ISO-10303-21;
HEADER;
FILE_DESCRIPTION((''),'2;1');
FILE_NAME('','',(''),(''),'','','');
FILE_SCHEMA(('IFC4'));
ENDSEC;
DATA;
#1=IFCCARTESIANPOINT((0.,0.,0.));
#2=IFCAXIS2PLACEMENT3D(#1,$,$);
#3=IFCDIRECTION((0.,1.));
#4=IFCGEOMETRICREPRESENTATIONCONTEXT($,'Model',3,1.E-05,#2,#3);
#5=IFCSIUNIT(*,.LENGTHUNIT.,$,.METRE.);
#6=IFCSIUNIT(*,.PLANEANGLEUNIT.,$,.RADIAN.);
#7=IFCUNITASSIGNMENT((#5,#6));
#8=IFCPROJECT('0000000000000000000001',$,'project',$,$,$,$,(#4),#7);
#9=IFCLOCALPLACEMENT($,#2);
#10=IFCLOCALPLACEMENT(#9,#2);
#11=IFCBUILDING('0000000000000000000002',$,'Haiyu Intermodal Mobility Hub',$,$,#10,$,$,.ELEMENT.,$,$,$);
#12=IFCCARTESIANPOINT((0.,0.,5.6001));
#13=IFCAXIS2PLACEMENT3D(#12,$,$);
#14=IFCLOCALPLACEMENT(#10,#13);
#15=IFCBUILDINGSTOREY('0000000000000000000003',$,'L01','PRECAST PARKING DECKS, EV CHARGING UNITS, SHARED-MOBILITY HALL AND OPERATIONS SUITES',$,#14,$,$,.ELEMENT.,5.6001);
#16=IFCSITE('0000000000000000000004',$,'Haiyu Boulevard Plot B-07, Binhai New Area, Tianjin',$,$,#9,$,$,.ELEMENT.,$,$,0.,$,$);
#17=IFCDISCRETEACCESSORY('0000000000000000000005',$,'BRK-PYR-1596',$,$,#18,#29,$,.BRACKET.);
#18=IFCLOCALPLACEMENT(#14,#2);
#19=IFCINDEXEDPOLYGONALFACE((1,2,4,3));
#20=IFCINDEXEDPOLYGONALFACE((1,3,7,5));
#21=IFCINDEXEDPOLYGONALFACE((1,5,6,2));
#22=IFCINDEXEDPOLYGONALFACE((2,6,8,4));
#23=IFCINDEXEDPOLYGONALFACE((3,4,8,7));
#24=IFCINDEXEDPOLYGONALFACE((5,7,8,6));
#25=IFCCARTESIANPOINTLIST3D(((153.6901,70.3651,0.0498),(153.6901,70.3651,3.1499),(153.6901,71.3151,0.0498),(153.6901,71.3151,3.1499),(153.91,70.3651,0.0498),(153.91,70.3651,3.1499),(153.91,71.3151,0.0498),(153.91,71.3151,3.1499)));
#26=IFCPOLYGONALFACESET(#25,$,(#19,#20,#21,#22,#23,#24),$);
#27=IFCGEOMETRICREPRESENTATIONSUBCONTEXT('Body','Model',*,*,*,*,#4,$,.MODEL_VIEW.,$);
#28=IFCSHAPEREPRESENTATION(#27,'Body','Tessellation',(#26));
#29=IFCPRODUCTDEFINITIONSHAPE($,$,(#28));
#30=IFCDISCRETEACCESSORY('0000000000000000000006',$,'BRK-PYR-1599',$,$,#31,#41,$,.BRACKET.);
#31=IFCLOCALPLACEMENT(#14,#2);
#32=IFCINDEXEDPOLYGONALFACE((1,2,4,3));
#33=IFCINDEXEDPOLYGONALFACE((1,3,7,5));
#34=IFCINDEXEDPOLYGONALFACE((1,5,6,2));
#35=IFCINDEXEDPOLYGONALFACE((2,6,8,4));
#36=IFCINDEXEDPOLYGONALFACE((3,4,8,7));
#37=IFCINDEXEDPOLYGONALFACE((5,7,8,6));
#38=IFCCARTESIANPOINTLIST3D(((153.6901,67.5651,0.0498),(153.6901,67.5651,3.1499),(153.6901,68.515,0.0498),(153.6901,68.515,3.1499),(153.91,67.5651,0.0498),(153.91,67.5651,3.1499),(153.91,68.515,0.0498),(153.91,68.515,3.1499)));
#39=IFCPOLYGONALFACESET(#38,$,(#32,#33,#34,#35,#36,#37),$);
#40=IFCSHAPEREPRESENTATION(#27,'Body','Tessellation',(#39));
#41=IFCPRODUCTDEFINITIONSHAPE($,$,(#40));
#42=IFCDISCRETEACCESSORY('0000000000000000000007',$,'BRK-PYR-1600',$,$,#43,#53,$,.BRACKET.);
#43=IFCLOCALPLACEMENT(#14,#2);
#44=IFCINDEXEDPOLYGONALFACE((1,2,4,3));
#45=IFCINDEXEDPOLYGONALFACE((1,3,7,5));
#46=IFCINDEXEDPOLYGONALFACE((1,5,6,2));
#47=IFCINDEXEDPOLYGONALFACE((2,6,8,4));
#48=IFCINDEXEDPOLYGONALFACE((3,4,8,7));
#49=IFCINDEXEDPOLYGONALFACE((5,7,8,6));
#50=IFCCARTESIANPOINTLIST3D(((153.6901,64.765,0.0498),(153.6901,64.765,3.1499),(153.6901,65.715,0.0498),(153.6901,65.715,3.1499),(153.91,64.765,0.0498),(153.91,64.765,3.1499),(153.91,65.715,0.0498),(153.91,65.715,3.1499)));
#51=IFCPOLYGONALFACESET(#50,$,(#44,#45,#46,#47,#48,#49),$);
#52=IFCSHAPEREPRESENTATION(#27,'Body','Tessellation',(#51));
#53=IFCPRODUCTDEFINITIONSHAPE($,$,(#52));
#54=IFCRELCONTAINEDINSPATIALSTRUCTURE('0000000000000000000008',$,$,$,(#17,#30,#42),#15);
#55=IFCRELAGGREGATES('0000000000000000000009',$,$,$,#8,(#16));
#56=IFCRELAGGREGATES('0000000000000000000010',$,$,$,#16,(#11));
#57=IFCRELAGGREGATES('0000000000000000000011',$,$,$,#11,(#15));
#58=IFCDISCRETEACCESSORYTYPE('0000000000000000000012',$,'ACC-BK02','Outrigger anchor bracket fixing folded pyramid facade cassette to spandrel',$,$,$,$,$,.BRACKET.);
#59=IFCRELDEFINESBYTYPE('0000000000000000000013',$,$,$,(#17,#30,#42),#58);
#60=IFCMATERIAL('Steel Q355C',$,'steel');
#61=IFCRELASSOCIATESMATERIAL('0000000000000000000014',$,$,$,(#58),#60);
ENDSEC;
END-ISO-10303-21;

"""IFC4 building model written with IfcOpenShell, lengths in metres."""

from ifc_helpers import new_model, si_unit, direction, frame, origin, origin_2d, place, context, subcontext, project, spatial, rectangle, extrude, material, type_object, element, save


model = new_model("IFC4")

# Units and contexts
model_context = context("Model", 3, precision=1e-05, world=origin(), true_north=direction((0.0, 1.0)))
body_context = subcontext(model_context, "Body", "Model", "MODEL_VIEW")
ifc_project = project(units=[si_unit("LENGTHUNIT", "METRE"), si_unit("PLANEANGLEUNIT", "RADIAN")], contexts=[model_context])

# Site, building, storey
site_placement = place(None, origin())
site = spatial("IfcSite", under=ifc_project, at=site_placement, Name="Haiyu Boulevard Plot B-07, Binhai New Area, Tianjin", CompositionType="ELEMENT", RefElevation=0.0)
building_placement = place(site_placement, origin())
building = spatial("IfcBuilding", under=site, at=building_placement, Name="Haiyu Intermodal Mobility Hub", CompositionType="ELEMENT")
storey_placement = place(building_placement, frame((0.0, 0.0, 5.6001)))
storey = spatial("IfcBuildingStorey", under=building, at=storey_placement, Name="L01", Description="PRECAST PARKING DECKS, EV CHARGING UNITS, SHARED-MOBILITY HALL AND OPERATIONS SUITES", CompositionType="ELEMENT", Elevation=5.6001)

# Shared definitions
ifc_material_1 = material(Name="Steel Q355C", Category="steel")

# Discrete accessories
discrete_accessory_type = type_object("IfcDiscreteAccessoryType", Name="ACC-BK02", Description="Outrigger anchor bracket fixing folded pyramid facade cassette to spandrel", PredefinedType="BRACKET", material=ifc_material_1)
for number, where, z_axis, x_axis, name in (
    (1, (153.8, 70.8401, 0.0498), (0.0, 0.0, 1.0), (1.0, 0.0, 0.0), "BRK-PYR-1596"),
    (2, (153.8, 68.04, 0.0498), (0.0, 0.0, 1.0), (1.0, 0.0, 0.0), "BRK-PYR-1599"),
    (3, (153.8, 65.24, 0.0498), (0.0, 0.0, 1.0), (1.0, 0.0, 0.0), "BRK-PYR-1600"),
):
    element("IfcDiscreteAccessory", number, at=place(storey_placement, frame(where, z_axis=z_axis, x_axis=x_axis)), inside=storey, type_object=discrete_accessory_type, Name=name, PredefinedType="BRACKET", context=body_context, shape_type="SweptSolid", body=[
        extrude(rectangle(XDim=0.22, YDim=0.95, at=origin_2d()), origin(), (0.0, 0.0, 1.0), 3.1001),
    ])

save(model, "model.ifc")
